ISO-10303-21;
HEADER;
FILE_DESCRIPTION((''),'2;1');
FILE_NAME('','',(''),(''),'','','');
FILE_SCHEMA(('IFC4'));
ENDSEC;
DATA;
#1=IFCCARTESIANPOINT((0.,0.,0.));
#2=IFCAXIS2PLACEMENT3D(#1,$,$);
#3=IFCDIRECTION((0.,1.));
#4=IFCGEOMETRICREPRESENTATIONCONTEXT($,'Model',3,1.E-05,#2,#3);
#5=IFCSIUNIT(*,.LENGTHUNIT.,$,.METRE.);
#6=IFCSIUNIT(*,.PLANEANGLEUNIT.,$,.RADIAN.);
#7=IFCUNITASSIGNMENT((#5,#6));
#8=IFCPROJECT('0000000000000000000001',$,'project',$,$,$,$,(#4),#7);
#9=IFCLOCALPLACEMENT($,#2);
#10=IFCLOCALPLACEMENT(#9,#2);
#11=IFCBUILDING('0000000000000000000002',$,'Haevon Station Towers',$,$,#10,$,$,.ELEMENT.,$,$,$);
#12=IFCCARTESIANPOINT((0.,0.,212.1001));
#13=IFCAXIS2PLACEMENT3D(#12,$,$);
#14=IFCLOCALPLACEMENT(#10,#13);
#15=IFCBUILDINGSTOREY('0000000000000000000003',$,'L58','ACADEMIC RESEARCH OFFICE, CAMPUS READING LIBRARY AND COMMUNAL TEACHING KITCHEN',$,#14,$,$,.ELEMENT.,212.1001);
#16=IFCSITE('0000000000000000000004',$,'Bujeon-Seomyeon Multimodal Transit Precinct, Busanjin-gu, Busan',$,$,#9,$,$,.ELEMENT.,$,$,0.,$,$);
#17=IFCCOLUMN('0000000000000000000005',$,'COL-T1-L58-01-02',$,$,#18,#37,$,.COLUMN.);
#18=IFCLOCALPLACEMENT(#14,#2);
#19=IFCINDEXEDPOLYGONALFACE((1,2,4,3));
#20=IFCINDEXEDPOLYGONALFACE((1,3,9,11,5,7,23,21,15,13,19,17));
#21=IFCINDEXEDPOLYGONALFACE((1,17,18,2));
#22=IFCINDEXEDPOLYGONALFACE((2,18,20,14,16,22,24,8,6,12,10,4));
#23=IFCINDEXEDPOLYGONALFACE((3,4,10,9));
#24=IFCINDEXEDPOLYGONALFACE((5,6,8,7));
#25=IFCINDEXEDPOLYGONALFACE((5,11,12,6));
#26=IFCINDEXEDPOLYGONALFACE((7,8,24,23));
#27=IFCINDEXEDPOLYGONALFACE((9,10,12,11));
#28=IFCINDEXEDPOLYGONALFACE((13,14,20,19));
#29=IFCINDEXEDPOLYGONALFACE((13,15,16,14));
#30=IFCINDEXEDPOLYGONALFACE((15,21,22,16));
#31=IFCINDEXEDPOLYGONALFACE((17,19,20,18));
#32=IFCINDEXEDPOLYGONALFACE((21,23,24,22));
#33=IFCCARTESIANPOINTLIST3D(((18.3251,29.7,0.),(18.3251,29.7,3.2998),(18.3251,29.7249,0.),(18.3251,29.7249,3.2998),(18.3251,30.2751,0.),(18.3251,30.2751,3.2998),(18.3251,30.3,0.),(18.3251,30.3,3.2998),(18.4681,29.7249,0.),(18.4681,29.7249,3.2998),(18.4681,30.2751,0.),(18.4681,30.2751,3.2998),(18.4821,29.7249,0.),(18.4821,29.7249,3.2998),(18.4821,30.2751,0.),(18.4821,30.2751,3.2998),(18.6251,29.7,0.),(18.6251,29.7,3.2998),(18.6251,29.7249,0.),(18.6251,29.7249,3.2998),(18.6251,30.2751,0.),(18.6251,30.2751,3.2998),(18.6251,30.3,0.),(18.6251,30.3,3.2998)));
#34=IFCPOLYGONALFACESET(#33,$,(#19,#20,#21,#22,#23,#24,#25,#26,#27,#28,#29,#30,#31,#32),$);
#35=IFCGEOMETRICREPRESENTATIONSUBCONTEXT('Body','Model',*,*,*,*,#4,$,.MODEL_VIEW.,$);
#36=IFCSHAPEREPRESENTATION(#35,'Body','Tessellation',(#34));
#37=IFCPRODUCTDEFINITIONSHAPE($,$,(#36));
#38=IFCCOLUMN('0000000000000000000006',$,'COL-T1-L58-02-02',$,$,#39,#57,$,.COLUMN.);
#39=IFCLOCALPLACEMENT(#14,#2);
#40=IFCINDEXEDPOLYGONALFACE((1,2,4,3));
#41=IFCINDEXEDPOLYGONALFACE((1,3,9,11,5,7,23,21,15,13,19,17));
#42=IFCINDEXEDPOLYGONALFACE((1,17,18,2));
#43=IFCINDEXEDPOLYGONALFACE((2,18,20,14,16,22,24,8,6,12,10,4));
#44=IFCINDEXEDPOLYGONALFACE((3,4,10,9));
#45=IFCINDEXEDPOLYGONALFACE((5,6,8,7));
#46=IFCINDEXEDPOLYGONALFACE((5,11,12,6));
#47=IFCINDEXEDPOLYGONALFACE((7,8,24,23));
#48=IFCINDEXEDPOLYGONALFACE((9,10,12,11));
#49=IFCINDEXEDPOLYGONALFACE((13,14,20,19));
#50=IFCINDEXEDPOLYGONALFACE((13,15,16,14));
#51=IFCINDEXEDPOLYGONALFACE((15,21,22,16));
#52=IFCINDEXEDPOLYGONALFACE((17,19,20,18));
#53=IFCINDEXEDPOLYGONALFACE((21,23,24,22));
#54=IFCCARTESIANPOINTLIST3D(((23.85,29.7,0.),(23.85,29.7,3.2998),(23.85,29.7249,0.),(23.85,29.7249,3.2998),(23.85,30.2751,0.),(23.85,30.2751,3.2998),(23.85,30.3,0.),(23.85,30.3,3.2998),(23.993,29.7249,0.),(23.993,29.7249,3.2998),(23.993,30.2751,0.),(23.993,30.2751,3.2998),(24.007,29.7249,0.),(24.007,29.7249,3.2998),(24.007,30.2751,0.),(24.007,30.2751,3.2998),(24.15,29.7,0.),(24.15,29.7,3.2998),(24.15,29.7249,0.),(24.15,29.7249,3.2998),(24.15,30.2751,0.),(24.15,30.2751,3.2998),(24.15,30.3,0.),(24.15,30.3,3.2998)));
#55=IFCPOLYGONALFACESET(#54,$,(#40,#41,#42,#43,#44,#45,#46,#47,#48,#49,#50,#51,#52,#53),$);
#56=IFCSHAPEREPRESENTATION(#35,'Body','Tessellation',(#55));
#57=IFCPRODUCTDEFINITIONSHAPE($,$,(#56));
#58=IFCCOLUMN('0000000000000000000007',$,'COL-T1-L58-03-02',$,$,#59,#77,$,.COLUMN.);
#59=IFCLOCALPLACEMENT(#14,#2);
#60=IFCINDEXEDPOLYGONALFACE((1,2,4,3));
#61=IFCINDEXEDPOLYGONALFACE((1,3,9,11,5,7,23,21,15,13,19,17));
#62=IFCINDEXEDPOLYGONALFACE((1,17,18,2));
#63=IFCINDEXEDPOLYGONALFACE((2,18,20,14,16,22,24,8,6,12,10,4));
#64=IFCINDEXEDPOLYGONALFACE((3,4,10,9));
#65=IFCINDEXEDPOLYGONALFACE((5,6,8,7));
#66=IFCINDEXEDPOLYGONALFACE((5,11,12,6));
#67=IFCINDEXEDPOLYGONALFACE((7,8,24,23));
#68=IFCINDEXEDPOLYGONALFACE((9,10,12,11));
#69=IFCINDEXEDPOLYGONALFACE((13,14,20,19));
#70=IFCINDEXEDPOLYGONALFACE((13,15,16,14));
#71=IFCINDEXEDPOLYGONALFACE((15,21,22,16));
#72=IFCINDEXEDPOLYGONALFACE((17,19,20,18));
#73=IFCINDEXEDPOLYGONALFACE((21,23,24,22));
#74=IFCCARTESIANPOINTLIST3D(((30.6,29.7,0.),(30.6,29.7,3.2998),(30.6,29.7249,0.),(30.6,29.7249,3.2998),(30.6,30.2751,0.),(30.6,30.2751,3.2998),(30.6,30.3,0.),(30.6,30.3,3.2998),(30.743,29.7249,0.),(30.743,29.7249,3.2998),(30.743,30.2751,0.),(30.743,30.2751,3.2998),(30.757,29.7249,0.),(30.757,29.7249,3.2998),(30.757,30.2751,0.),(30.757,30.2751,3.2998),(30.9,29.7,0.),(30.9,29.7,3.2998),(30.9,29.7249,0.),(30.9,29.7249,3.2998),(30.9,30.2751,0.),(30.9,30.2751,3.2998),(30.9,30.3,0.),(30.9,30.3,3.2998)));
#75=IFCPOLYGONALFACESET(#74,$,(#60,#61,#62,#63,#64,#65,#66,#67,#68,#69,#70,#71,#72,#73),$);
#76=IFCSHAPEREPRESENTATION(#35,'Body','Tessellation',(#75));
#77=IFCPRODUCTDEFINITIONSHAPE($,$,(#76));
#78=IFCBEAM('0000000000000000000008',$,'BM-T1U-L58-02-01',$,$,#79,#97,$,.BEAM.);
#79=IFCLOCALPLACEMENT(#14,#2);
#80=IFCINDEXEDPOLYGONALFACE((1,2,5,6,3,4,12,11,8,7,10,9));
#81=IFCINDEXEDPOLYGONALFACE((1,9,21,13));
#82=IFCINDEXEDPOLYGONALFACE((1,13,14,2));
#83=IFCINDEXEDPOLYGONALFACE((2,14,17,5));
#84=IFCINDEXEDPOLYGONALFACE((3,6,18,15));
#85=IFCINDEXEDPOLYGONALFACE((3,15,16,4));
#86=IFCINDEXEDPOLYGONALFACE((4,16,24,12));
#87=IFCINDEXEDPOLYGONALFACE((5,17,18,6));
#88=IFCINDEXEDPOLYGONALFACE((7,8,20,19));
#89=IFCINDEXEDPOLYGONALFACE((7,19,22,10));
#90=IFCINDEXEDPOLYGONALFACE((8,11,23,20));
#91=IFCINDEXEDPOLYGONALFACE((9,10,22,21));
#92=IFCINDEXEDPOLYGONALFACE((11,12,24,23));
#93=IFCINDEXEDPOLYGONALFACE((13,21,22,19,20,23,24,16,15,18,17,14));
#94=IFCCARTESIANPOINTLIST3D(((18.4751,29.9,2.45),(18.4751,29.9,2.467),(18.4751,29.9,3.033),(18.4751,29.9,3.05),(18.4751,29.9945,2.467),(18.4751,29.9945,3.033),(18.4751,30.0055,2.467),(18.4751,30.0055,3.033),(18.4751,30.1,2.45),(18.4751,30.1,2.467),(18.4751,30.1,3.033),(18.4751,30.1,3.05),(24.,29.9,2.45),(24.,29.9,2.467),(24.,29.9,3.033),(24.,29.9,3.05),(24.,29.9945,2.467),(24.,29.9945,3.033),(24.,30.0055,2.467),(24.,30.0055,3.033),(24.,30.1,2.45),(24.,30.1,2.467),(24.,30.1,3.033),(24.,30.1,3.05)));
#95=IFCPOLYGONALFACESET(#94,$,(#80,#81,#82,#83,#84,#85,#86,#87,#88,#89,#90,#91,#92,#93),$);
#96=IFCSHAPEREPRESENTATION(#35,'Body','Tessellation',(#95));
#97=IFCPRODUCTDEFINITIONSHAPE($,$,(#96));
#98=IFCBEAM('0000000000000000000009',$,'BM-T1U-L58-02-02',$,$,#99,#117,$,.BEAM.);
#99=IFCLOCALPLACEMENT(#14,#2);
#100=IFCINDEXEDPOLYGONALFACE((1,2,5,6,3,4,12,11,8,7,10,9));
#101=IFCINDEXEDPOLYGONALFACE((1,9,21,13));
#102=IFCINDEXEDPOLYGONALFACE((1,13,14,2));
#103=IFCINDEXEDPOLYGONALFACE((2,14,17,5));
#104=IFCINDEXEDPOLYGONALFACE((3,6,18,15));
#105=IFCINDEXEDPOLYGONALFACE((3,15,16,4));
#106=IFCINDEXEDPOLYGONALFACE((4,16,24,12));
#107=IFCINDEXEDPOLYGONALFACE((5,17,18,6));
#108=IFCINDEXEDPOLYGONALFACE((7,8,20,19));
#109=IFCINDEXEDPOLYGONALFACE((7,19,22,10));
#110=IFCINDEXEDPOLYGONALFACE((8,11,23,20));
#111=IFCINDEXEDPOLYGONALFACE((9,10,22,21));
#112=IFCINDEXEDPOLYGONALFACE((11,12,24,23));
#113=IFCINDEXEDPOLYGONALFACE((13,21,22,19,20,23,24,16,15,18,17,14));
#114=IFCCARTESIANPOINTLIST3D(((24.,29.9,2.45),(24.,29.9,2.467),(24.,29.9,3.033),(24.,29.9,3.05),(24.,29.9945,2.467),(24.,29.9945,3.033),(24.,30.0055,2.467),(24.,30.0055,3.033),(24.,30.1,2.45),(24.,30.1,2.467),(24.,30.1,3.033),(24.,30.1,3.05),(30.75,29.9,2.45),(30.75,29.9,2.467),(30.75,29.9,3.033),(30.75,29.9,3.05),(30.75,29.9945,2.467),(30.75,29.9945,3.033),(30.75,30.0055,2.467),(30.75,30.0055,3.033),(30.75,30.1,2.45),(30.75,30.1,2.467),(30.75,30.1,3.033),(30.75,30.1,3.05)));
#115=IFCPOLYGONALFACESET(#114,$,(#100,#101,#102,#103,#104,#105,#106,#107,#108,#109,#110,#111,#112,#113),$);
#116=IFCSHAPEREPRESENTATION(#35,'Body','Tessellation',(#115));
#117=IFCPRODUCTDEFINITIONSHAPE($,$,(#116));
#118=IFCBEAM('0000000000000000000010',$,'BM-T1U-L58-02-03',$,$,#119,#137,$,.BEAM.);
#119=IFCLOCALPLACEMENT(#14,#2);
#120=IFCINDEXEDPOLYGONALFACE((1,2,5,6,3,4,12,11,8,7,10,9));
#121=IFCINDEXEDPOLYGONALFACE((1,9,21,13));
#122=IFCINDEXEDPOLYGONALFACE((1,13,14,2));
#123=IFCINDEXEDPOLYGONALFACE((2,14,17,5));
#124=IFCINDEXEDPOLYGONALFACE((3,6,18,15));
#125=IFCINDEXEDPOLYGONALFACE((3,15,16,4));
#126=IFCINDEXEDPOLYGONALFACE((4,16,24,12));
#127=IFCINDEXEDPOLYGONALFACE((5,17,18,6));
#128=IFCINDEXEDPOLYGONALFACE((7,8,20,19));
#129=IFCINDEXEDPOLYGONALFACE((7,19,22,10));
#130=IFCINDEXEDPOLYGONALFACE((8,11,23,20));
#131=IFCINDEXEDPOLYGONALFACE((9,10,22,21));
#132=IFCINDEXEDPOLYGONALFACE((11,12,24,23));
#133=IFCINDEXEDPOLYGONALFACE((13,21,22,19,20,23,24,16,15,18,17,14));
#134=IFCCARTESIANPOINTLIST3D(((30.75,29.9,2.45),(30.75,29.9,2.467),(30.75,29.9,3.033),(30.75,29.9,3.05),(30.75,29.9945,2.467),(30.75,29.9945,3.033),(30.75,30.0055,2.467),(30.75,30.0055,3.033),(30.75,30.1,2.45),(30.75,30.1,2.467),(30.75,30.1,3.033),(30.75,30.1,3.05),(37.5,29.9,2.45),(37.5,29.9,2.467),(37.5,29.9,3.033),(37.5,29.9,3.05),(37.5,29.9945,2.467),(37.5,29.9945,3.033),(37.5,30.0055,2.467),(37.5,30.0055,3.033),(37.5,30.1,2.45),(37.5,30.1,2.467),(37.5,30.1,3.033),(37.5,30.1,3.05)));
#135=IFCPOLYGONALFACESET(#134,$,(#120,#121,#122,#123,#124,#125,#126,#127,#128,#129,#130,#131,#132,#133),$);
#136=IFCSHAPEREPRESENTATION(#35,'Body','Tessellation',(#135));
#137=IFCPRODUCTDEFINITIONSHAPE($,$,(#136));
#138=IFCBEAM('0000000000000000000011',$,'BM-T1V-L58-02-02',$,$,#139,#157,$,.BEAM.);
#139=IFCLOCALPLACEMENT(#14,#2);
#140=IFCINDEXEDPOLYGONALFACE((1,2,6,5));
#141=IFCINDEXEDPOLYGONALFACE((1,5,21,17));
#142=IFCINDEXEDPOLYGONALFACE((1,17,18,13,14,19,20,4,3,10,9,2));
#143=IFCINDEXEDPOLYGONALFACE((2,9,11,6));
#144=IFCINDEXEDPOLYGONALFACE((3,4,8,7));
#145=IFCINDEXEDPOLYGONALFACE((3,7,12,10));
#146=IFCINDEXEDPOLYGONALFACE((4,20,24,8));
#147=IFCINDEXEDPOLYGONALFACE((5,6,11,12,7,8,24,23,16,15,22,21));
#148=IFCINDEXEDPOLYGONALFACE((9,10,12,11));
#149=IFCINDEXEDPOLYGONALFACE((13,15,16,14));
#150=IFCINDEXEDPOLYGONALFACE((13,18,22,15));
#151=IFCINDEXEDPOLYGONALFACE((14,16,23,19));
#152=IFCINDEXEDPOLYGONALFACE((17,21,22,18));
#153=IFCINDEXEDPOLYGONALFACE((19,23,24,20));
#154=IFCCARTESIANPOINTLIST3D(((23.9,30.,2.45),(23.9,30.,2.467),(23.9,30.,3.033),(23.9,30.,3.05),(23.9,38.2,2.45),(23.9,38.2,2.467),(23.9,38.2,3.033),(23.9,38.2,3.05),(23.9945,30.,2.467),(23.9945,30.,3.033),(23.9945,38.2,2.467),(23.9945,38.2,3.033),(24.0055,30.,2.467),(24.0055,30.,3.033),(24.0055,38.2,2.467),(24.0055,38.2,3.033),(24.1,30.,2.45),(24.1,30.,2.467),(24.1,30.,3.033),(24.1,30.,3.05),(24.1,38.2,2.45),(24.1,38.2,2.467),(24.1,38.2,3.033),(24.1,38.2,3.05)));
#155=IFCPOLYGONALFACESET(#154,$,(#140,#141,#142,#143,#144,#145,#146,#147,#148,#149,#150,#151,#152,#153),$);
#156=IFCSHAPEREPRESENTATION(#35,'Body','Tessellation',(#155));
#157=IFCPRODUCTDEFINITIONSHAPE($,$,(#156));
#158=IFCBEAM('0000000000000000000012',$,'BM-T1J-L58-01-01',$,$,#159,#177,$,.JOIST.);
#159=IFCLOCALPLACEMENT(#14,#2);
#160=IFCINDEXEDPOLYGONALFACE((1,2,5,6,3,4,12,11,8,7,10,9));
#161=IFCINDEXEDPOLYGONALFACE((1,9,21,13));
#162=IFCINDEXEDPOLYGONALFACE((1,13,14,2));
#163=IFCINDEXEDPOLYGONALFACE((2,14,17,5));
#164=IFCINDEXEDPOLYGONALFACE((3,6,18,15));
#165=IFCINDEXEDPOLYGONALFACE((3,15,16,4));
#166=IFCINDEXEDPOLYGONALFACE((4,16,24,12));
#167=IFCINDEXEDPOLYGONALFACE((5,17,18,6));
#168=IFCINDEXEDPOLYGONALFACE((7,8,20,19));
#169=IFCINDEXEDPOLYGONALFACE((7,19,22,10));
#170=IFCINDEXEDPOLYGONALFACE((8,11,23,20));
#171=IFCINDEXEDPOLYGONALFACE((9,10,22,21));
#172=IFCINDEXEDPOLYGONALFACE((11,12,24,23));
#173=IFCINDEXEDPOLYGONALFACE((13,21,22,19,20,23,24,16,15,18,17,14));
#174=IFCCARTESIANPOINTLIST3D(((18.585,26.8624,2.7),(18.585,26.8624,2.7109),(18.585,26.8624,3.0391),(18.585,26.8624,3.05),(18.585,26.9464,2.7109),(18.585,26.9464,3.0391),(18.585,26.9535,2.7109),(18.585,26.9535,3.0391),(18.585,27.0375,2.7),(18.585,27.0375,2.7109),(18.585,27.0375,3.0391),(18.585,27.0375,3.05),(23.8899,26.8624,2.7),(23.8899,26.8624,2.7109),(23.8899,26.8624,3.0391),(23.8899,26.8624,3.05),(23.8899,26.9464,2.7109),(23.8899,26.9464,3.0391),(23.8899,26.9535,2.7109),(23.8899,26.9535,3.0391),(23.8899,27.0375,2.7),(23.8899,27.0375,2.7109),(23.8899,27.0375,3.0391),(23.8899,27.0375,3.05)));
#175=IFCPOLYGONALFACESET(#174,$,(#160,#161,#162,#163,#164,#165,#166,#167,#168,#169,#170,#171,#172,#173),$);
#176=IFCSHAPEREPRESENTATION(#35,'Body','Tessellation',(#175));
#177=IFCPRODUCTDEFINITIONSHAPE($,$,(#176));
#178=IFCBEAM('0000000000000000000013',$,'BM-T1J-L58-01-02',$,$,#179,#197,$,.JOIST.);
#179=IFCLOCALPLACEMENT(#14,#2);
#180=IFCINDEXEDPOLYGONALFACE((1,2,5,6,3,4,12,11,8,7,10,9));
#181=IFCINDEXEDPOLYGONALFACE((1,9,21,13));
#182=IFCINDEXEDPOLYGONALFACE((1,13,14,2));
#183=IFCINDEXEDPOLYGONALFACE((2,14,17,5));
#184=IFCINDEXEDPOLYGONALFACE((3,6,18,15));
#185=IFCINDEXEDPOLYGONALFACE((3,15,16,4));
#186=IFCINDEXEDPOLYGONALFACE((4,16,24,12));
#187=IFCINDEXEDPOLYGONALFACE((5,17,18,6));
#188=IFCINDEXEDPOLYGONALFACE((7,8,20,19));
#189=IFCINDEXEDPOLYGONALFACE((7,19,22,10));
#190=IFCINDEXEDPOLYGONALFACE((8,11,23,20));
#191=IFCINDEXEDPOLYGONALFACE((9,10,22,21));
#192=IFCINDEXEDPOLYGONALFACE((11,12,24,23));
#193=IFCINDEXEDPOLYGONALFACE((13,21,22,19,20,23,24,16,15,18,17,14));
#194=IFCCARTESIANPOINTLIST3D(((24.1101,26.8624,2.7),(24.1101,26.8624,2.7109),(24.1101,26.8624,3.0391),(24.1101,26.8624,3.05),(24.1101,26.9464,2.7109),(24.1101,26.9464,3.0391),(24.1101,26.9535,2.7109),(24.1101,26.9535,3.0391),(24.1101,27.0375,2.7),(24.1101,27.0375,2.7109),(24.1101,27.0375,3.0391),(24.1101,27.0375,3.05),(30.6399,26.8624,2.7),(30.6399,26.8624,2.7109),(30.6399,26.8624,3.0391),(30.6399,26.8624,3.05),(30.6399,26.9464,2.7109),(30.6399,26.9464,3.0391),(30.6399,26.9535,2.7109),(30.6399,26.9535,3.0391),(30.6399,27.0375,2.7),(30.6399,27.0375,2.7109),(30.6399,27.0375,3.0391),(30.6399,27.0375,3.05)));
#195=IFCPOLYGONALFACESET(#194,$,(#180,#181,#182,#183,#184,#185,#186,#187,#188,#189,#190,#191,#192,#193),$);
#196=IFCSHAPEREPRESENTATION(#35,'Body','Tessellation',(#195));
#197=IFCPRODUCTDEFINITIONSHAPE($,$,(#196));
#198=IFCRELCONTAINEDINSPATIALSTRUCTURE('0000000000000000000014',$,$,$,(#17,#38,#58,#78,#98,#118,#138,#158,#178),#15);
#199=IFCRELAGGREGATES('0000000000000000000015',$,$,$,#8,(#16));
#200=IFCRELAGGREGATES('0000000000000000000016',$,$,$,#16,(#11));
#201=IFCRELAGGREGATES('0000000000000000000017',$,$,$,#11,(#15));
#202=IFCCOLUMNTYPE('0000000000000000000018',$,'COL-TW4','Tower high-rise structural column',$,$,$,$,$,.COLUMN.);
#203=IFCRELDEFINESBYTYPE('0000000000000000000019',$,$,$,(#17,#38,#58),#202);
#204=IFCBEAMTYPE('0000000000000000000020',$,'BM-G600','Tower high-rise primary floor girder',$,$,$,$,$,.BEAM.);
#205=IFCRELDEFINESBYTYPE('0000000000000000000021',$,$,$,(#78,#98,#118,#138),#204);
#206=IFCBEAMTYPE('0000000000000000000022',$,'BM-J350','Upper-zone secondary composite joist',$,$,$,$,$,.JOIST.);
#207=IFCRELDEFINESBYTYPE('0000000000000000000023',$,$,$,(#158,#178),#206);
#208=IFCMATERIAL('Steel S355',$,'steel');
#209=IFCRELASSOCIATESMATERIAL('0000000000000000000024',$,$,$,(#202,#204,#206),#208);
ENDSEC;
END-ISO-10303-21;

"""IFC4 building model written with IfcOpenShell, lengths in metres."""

from ifc_helpers import new_model, si_unit, direction, frame, origin, origin_2d, place, context, subcontext, project, spatial, i_section, extrude, material, material_profile, profile_set, type_object, element, save


model = new_model("IFC4")

# Units and contexts
model_context = context("Model", 3, precision=1e-05, world=origin(), true_north=direction((0.0, 1.0)))
body_context = subcontext(model_context, "Body", "Model", "MODEL_VIEW")
ifc_project = project(units=[si_unit("LENGTHUNIT", "METRE"), si_unit("PLANEANGLEUNIT", "RADIAN")], contexts=[model_context])

# Site, building, storey
site_placement = place(None, origin())
site = spatial("IfcSite", under=ifc_project, at=site_placement, Name="Bujeon-Seomyeon Multimodal Transit Precinct, Busanjin-gu, Busan", CompositionType="ELEMENT", RefElevation=0.0)
building_placement = place(site_placement, origin())
building = spatial("IfcBuilding", under=site, at=building_placement, Name="Haevon Station Towers", CompositionType="ELEMENT")
storey_placement = place(building_placement, frame((0.0, 0.0, 212.1001)))
storey = spatial("IfcBuildingStorey", under=building, at=storey_placement, Name="L58", Description="ACADEMIC RESEARCH OFFICE, CAMPUS READING LIBRARY AND COMMUNAL TEACHING KITCHEN", CompositionType="ELEMENT", Elevation=212.1001)

# Columns
ifc_material_1 = material(Name="Steel S355", Category="steel")
ifc_material_profile_1 = material_profile(ifc_material_1, i_section(OverallWidth=0.3, OverallDepth=0.6001, WebThickness=0.0139, FlangeThickness=0.0249, at=origin_2d()), Name="H-600x300x14x25")
ifc_profile_set_1 = profile_set([ifc_material_profile_1], Name="Steel S355")
column_type = type_object("IfcColumnType", Name="COL-TW4", Description="Tower high-rise structural column", PredefinedType="COLUMN", material=ifc_profile_set_1)
for number, where, z_axis, x_axis, name in (
    (1, (18.4751, 30.0, 0.0), (0.0, 0.0, 1.0), (1.0, 0.0, 0.0), "COL-T1-L58-01-02"),
    (2, (24.0, 30.0, 0.0), (0.0, 0.0, 1.0), (1.0, 0.0, 0.0), "COL-T1-L58-02-02"),
    (3, (30.75, 30.0, 0.0), (0.0, 0.0, 1.0), (1.0, 0.0, 0.0), "COL-T1-L58-03-02"),
):
    element("IfcColumn", number, at=place(storey_placement, frame(where, z_axis=z_axis, x_axis=x_axis)), inside=storey, type_object=column_type, Name=name, PredefinedType="COLUMN", context=body_context, shape_type="SweptSolid", body=[
        extrude(i_section(OverallWidth=0.3, OverallDepth=0.6001, WebThickness=0.0139, FlangeThickness=0.0249, at=origin_2d()), origin(), (0.0, 0.0, 1.0), 3.2998),
    ])

# Beams
ifc_material_profile_2 = material_profile(ifc_material_1, i_section(OverallWidth=0.2, OverallDepth=0.6001, WebThickness=0.011, FlangeThickness=0.0171, at=origin_2d()), Name="H-600x200x11x17")
ifc_profile_set_2 = profile_set([ifc_material_profile_2], Name="Steel S355")
beam_type_1 = type_object("IfcBeamType", Name="BM-G600", Description="Tower high-rise primary floor girder", PredefinedType="BEAM", material=ifc_profile_set_2)
beam_1_placement = place(storey_placement, frame((18.4751, 30.0, 2.75), z_axis=(1.0, 0.0, 0.0), x_axis=(0.0, 1.0, 0.0)))
element("IfcBeam", 4, at=beam_1_placement, inside=storey, type_object=beam_type_1, Name="BM-T1U-L58-02-01", PredefinedType="BEAM", context=body_context, shape_type="SweptSolid", body=[
    extrude(i_section(OverallWidth=0.2, OverallDepth=0.6001, WebThickness=0.011, FlangeThickness=0.0171, at=origin_2d()), origin(), (0.0, 0.0, 1.0), 5.5249),
])
for number, where, z_axis, x_axis, name in (
    (5, (24.0, 30.0, 2.75), (1.0, 0.0, 0.0), (0.0, 1.0, 0.0), "BM-T1U-L58-02-02"),
    (6, (30.75, 30.0, 2.75), (1.0, 0.0, 0.0), (0.0, 1.0, 0.0), "BM-T1U-L58-02-03"),
):
    element("IfcBeam", number, at=place(storey_placement, frame(where, z_axis=z_axis, x_axis=x_axis)), inside=storey, type_object=beam_type_1, Name=name, PredefinedType="BEAM", context=body_context, shape_type="SweptSolid", body=[
        extrude(i_section(OverallWidth=0.2, OverallDepth=0.6001, WebThickness=0.011, FlangeThickness=0.0171, at=origin_2d()), origin(), (0.0, 0.0, 1.0), 6.75),
    ])
beam_2_placement = place(storey_placement, frame((24.0, 30.0, 2.75), z_axis=(0.0, 1.0, 0.0), x_axis=(-1.0, 0.0, 0.0)))
element("IfcBeam", 7, at=beam_2_placement, inside=storey, type_object=beam_type_1, Name="BM-T1V-L58-02-02", PredefinedType="BEAM", context=body_context, shape_type="SweptSolid", body=[
    extrude(i_section(OverallWidth=0.2, OverallDepth=0.6001, WebThickness=0.011, FlangeThickness=0.0171, at=origin_2d()), origin(), (0.0, 0.0, 1.0), 8.2),
])
ifc_material_profile_3 = material_profile(ifc_material_1, i_section(OverallWidth=0.175, OverallDepth=0.3501, WebThickness=0.0071, FlangeThickness=0.011, at=origin_2d()), Name="H-350x175x7x11")
ifc_profile_set_3 = profile_set([ifc_material_profile_3], Name="Steel S355")
beam_type_2 = type_object("IfcBeamType", Name="BM-J350", Description="Upper-zone secondary composite joist", PredefinedType="JOIST", material=ifc_profile_set_3)
beam_3_placement = place(storey_placement, frame((18.585, 26.95, 2.875), z_axis=(1.0, 0.0, 0.0), x_axis=(0.0, 1.0, 0.0)))
element("IfcBeam", 8, at=beam_3_placement, inside=storey, type_object=beam_type_2, Name="BM-T1J-L58-01-01", PredefinedType="JOIST", context=body_context, shape_type="SweptSolid", body=[
    extrude(i_section(OverallWidth=0.175, OverallDepth=0.3501, WebThickness=0.0071, FlangeThickness=0.011, at=origin_2d()), origin(), (0.0, 0.0, 1.0), 5.3049),
])
beam_4_placement = place(storey_placement, frame((24.1101, 26.95, 2.875), z_axis=(1.0, 0.0, 0.0), x_axis=(0.0, 1.0, 0.0)))
element("IfcBeam", 9, at=beam_4_placement, inside=storey, type_object=beam_type_2, Name="BM-T1J-L58-01-02", PredefinedType="JOIST", context=body_context, shape_type="SweptSolid", body=[
    extrude(i_section(OverallWidth=0.175, OverallDepth=0.3501, WebThickness=0.0071, FlangeThickness=0.011, at=origin_2d()), origin(), (0.0, 0.0, 1.0), 6.5298),
])

save(model, "model.ifc")
